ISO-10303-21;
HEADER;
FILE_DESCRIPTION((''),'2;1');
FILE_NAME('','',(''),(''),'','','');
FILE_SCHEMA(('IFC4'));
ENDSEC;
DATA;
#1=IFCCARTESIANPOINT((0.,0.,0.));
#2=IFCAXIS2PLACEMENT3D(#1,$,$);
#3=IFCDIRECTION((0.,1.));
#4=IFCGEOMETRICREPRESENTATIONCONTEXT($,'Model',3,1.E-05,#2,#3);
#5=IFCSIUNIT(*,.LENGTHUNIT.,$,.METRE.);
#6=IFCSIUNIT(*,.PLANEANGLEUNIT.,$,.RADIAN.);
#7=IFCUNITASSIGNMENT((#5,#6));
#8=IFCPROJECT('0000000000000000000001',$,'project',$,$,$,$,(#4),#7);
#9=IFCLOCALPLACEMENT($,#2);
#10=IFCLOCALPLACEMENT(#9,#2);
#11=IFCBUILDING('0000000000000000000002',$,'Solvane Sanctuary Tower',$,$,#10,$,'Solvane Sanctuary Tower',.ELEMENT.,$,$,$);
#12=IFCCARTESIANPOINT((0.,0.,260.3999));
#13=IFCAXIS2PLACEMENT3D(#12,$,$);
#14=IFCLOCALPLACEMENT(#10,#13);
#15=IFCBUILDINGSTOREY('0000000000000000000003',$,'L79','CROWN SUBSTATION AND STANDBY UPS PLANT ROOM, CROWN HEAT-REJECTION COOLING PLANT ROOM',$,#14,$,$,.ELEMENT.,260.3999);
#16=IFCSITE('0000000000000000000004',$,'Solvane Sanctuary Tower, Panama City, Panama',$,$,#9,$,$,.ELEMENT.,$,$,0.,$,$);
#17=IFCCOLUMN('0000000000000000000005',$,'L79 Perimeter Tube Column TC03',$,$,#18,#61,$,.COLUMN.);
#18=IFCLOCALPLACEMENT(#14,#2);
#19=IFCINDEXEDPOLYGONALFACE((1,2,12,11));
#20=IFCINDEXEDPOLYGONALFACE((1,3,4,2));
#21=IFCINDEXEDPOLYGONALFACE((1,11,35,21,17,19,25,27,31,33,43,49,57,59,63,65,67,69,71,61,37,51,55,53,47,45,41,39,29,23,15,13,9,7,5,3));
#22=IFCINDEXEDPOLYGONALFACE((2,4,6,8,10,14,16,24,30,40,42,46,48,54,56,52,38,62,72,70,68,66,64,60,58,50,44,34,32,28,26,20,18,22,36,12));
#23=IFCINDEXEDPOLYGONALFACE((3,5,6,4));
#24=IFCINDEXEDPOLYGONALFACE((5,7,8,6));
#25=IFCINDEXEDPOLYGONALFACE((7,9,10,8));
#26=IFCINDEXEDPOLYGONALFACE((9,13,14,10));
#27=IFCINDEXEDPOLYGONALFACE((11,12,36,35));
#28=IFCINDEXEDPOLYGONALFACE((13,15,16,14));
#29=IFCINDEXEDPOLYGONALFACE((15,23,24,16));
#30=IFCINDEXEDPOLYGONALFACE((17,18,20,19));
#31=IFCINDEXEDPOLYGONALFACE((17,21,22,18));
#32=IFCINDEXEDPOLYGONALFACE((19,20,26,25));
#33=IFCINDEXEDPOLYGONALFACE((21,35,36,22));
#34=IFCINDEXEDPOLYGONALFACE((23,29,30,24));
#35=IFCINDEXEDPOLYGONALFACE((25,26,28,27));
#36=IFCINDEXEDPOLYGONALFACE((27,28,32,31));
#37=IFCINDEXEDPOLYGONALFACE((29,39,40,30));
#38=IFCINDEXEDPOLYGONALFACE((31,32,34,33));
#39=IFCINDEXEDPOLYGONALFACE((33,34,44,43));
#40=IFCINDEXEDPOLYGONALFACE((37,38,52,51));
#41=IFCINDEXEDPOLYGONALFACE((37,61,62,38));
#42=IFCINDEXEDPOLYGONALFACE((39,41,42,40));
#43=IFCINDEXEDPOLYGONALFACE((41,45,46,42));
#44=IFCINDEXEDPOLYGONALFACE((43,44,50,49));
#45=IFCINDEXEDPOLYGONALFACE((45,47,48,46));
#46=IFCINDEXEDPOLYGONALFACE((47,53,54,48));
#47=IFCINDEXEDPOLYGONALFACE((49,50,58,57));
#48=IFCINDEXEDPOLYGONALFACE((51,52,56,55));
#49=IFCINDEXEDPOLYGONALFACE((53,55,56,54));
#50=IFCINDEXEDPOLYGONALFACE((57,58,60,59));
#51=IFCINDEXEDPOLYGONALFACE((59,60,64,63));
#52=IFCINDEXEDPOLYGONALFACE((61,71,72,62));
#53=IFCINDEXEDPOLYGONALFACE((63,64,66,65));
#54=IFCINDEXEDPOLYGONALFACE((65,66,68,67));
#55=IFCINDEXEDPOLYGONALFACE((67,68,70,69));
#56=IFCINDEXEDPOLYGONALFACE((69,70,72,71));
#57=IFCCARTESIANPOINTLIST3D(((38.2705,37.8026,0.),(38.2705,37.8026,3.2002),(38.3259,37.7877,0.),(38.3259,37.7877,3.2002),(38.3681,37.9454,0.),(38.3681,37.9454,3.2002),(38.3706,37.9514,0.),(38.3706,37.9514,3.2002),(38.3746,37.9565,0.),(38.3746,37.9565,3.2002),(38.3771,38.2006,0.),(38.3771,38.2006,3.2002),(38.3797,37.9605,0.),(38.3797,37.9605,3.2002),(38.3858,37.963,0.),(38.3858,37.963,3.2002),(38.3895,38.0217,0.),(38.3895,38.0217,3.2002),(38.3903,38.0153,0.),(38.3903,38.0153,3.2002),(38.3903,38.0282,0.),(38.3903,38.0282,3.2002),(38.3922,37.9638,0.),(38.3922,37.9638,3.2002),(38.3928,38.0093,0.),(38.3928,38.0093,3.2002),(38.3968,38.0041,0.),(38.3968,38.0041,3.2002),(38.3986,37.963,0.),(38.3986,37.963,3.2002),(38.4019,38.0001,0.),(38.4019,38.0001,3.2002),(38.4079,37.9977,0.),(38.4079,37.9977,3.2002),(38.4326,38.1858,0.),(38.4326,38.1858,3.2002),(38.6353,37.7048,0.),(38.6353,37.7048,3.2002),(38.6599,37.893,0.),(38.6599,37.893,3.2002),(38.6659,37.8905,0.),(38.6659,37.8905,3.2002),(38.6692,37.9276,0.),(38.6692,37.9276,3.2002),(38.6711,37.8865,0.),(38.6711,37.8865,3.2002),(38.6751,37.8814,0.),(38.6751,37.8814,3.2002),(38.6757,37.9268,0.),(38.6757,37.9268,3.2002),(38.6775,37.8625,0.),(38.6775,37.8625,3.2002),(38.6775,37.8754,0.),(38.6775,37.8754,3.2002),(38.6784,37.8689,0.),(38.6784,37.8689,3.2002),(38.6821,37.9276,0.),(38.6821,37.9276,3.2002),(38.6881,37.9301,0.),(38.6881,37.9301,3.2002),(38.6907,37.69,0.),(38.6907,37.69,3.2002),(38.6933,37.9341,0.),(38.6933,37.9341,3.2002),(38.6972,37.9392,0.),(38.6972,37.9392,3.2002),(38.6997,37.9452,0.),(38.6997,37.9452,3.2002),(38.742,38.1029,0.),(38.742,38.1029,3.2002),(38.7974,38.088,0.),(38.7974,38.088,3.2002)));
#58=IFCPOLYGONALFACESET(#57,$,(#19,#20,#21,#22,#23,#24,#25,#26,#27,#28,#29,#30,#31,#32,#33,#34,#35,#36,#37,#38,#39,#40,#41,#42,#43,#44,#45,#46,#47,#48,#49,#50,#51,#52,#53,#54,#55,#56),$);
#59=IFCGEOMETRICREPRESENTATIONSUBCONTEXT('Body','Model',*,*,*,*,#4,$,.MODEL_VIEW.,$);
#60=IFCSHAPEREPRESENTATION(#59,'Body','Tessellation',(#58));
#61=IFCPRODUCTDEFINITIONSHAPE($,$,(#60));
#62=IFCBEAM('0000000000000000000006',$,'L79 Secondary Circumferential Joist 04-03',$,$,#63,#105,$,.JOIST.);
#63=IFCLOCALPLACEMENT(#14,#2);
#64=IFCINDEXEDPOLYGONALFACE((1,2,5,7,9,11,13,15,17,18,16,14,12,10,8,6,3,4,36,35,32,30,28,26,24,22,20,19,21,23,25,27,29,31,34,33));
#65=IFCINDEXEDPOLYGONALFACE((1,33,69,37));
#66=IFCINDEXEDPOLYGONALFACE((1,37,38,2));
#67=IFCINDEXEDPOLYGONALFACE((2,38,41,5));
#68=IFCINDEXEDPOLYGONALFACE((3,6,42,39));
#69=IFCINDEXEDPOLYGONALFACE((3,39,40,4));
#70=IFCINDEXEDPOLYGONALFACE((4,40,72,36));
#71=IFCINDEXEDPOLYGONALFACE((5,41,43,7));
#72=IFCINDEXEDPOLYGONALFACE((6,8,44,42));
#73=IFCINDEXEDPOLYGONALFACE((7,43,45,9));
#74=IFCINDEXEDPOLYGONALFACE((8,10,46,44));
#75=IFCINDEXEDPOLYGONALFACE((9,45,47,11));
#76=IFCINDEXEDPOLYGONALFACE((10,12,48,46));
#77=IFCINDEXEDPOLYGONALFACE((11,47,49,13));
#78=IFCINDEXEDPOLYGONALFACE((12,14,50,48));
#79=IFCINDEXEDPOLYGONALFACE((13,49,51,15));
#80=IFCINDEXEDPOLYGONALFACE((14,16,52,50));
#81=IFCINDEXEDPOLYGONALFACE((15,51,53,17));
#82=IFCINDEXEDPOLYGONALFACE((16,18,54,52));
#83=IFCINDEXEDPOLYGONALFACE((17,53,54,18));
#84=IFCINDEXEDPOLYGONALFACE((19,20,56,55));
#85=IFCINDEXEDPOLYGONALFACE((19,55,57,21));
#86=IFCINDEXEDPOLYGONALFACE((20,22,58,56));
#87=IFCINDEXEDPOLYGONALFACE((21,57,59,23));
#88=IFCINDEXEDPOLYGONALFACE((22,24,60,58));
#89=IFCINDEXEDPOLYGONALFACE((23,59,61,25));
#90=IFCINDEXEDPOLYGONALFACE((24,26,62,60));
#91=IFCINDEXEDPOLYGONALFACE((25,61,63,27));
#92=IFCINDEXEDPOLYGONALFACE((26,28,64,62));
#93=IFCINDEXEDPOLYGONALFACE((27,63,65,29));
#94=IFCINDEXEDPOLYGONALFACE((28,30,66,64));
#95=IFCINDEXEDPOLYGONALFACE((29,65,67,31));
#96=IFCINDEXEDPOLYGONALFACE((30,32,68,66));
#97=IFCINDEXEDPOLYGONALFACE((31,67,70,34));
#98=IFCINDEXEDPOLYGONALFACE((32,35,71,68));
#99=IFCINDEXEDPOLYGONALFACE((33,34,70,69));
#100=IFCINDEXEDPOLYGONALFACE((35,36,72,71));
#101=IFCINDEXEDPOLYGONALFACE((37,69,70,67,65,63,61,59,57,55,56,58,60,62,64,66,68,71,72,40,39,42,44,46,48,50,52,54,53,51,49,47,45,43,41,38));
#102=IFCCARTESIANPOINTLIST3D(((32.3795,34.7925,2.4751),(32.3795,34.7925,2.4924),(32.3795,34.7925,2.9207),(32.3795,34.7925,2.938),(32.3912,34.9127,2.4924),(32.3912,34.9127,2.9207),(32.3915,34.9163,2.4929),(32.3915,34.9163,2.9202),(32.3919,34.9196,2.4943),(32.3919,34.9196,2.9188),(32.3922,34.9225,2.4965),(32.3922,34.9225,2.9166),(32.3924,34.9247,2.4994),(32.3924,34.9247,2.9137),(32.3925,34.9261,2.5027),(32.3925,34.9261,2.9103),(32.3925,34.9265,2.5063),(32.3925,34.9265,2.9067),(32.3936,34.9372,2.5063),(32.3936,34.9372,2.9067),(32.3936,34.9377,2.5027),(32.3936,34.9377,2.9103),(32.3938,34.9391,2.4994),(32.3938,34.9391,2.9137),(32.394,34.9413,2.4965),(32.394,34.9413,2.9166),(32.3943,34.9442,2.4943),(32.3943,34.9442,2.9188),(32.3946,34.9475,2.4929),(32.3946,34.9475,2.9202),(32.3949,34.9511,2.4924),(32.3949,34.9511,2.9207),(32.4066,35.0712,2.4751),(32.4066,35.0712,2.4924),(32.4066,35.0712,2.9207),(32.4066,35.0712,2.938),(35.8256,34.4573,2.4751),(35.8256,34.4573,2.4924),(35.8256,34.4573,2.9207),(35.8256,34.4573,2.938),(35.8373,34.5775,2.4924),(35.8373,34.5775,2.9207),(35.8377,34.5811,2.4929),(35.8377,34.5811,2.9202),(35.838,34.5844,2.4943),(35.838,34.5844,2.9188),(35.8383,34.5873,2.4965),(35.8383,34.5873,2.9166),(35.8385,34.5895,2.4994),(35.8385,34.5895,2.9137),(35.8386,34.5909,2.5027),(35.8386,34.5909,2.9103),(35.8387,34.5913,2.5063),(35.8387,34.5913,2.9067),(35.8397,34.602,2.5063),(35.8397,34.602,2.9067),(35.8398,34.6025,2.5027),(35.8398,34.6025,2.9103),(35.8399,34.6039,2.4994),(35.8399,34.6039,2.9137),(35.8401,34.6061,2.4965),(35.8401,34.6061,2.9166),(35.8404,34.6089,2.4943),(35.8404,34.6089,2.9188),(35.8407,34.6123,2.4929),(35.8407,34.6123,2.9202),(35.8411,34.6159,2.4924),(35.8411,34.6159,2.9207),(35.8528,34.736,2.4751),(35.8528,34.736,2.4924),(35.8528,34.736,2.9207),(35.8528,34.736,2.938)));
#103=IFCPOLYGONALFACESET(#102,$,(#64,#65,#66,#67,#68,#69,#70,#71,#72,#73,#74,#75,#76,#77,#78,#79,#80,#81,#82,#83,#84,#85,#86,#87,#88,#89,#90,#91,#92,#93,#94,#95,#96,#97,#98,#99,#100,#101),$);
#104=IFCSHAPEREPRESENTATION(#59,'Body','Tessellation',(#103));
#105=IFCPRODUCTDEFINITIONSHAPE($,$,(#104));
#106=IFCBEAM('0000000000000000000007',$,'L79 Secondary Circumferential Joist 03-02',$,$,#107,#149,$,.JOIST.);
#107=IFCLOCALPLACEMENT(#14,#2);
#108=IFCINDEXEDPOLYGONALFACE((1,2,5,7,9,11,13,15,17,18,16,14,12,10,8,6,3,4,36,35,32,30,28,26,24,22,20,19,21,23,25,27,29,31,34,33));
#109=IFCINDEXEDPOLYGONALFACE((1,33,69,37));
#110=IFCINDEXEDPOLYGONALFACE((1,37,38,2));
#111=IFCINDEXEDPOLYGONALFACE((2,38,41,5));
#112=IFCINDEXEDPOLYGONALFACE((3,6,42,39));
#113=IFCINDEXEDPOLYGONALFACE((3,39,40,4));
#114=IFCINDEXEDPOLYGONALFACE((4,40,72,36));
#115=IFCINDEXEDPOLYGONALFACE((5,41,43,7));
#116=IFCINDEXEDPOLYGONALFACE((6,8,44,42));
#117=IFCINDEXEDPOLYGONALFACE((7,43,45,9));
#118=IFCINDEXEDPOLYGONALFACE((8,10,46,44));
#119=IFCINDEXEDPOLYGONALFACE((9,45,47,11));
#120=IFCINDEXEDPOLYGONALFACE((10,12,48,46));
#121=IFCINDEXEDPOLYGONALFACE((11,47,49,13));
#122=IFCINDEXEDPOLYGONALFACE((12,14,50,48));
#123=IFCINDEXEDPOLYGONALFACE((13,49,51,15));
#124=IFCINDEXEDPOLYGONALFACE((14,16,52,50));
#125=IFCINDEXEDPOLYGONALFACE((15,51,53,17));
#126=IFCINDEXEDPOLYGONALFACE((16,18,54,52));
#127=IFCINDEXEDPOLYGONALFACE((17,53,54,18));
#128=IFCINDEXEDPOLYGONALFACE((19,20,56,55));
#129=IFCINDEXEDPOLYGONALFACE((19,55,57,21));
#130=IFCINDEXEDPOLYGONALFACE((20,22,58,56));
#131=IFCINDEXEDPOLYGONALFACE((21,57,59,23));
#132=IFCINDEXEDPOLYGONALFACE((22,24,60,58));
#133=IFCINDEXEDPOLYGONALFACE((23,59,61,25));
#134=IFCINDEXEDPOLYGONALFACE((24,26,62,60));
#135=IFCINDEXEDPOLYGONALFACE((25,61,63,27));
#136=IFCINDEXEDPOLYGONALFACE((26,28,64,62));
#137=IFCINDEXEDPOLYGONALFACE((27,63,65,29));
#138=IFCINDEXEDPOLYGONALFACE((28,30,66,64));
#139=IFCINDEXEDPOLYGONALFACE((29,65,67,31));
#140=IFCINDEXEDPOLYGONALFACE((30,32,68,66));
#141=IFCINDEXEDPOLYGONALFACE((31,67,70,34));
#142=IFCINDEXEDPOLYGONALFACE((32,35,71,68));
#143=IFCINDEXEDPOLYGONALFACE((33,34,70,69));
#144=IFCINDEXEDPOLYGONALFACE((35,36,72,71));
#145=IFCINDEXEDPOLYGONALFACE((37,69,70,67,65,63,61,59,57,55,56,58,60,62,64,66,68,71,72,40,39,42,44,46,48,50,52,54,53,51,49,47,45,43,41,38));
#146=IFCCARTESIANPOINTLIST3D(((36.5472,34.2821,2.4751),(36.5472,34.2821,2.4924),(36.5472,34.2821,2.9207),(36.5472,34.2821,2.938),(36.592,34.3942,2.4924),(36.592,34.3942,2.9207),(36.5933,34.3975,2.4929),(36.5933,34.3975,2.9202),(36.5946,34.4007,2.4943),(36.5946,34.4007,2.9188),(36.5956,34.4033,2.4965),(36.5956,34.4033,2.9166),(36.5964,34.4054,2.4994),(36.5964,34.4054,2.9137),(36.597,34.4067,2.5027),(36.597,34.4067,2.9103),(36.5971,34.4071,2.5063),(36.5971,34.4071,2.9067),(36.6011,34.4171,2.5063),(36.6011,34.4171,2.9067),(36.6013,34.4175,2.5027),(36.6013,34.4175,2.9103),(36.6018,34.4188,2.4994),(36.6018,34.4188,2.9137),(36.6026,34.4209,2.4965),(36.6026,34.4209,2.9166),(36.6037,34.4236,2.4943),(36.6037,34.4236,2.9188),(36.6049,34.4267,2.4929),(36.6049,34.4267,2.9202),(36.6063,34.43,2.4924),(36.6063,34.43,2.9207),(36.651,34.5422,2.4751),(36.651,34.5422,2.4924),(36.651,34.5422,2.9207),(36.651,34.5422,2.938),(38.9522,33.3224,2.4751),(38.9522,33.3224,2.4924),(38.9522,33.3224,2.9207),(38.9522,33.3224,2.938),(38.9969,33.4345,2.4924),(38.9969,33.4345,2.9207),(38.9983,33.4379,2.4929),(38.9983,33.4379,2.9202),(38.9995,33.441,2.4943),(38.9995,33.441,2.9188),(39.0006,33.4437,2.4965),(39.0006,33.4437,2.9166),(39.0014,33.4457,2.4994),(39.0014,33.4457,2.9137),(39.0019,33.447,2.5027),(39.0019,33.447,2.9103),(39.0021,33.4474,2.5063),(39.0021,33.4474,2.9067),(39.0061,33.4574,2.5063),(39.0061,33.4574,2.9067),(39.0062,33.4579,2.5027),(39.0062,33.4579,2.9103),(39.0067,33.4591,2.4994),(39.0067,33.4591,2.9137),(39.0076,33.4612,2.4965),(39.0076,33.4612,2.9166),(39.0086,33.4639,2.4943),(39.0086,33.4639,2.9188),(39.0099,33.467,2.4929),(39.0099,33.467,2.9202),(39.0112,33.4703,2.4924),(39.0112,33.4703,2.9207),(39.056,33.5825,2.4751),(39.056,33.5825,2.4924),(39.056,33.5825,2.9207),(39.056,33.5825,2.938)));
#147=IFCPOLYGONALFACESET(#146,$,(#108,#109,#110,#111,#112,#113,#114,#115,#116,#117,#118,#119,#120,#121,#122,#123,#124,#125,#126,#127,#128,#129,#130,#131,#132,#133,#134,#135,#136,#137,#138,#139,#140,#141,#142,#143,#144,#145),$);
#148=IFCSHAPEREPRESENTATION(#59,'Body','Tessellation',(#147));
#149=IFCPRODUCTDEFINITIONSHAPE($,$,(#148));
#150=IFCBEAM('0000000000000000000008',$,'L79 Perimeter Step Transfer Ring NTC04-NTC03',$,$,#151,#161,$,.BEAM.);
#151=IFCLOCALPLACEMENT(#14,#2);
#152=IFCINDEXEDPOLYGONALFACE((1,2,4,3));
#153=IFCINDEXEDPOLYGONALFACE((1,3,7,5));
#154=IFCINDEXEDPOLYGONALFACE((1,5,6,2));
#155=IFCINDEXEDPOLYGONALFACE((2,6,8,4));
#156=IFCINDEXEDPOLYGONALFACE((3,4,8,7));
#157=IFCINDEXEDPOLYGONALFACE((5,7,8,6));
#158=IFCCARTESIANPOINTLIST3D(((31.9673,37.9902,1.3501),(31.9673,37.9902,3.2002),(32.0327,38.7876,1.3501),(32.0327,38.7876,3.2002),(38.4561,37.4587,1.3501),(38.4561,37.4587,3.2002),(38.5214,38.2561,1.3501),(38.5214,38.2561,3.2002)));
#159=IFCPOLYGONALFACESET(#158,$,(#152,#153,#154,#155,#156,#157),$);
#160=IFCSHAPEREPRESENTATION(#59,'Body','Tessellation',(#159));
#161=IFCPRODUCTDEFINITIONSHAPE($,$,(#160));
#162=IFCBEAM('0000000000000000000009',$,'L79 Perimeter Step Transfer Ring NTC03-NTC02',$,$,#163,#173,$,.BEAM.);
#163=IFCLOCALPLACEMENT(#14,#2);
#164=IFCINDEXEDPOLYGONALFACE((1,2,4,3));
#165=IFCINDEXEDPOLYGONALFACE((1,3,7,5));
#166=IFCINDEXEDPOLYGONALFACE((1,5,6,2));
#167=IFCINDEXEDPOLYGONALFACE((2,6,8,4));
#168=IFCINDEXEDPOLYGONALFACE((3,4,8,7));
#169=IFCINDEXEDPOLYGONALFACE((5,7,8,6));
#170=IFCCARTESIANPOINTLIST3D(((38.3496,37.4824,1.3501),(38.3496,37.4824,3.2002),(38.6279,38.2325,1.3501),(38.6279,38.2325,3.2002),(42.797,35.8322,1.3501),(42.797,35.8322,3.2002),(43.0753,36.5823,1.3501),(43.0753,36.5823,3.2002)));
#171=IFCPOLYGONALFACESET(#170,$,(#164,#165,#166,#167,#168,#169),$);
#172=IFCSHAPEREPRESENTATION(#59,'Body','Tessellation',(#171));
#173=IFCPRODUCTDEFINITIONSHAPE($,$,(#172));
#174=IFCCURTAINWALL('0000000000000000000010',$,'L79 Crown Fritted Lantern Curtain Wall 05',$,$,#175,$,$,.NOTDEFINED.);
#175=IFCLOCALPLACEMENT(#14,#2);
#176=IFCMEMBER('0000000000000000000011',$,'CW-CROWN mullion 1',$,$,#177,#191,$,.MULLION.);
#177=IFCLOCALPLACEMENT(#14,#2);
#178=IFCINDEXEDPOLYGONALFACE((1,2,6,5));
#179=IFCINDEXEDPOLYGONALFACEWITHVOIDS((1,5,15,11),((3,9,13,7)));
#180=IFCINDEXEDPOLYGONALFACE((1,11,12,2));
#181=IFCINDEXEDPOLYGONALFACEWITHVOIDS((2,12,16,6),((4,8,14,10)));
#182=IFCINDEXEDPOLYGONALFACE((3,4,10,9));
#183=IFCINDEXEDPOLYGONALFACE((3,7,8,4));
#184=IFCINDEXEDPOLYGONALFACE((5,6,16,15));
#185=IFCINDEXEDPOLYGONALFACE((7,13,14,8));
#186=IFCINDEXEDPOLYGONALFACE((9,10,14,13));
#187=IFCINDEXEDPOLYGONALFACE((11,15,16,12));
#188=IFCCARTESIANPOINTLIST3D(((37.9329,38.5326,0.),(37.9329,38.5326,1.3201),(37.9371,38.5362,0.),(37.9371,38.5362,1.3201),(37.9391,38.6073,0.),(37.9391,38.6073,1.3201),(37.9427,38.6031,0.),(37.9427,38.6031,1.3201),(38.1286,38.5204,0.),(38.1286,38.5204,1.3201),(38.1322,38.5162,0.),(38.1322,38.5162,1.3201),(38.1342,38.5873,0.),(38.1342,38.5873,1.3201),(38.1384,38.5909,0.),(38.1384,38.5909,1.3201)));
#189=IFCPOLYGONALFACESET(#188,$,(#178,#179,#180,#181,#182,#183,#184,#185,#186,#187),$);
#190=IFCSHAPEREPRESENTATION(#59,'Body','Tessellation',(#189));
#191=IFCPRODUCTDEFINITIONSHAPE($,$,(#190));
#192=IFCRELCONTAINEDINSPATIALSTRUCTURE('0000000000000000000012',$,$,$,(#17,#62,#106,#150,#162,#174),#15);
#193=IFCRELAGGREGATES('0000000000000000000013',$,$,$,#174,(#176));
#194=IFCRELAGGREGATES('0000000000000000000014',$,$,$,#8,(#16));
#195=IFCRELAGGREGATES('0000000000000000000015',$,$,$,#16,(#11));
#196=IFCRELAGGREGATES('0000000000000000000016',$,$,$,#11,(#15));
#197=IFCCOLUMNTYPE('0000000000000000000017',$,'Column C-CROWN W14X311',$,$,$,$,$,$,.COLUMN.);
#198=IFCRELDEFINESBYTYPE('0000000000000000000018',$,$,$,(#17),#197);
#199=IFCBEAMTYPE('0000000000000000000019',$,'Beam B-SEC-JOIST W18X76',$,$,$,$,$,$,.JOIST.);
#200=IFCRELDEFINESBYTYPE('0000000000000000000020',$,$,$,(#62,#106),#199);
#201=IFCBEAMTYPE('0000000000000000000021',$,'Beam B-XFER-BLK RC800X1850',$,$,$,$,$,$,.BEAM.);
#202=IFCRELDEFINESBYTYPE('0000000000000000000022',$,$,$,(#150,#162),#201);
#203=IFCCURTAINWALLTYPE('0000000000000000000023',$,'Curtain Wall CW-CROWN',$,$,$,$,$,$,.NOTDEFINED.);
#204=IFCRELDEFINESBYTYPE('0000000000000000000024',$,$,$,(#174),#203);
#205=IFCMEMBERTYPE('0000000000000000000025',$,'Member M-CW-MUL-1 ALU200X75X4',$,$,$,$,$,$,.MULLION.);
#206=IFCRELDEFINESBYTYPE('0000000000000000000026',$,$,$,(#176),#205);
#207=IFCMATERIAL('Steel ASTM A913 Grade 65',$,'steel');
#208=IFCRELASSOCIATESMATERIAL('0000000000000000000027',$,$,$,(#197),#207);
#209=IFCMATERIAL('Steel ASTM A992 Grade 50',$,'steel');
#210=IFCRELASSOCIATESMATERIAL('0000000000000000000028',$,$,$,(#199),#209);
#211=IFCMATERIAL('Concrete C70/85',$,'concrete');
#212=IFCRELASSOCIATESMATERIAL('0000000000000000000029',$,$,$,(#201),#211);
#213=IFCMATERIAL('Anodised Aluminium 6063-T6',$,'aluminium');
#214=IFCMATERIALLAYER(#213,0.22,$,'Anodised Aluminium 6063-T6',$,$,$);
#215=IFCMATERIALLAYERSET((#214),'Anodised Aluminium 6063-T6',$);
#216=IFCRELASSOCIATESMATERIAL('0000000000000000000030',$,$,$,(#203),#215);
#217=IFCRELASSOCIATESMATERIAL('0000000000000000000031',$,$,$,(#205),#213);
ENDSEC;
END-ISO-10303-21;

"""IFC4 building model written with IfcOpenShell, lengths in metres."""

from ifc_helpers import new_model, si_unit, direction, frame, origin, origin_2d, place, context, subcontext, project, spatial, rectangle, hollow_rectangle, i_section, extrude, material, layer, layer_set, material_profile, profile_set, type_object, element, aggregate, save


model = new_model("IFC4")

# Units and contexts
model_context = context("Model", 3, precision=1e-05, world=origin(), true_north=direction((0.0, 1.0)))
body_context = subcontext(model_context, "Body", "Model", "MODEL_VIEW")
ifc_project = project(units=[si_unit("LENGTHUNIT", "METRE"), si_unit("PLANEANGLEUNIT", "RADIAN")], contexts=[model_context])

# Site, building, storey
site_placement = place(None, origin())
site = spatial("IfcSite", under=ifc_project, at=site_placement, Name="Solvane Sanctuary Tower, Panama City, Panama", CompositionType="ELEMENT", RefElevation=0.0)
building_placement = place(site_placement, origin())
building = spatial("IfcBuilding", under=site, at=building_placement, Name="Solvane Sanctuary Tower", LongName="Solvane Sanctuary Tower", CompositionType="ELEMENT")
storey_placement = place(building_placement, frame((0.0, 0.0, 260.3999)))
storey = spatial("IfcBuildingStorey", under=building, at=storey_placement, Name="L79", Description="CROWN SUBSTATION AND STANDBY UPS PLANT ROOM, CROWN HEAT-REJECTION COOLING PLANT ROOM", CompositionType="ELEMENT", Elevation=260.3999)

# Column
ifc_material_1 = material(Name="Steel ASTM A913 Grade 65", Category="steel")
ifc_material_profile_1 = material_profile(ifc_material_1, i_section(OverallWidth=0.4121, OverallDepth=0.4351, WebThickness=0.0359, FlangeThickness=0.0574, FilletRadius=0.0249, at=origin_2d()), Name="W14X311")
ifc_profile_set_1 = profile_set([ifc_material_profile_1], Name="Steel ASTM A913 Grade 65")
column_type = type_object("IfcColumnType", Name="Column C-CROWN W14X311", PredefinedType="COLUMN", material=ifc_profile_set_1)
column_placement = place(storey_placement, frame((38.5339, 37.9453, 0.0), z_axis=(0.0, 0.0, 1.0), x_axis=(0.258819, 0.965926, 0.0)))
element("IfcColumn", 1, at=column_placement, inside=storey, type_object=column_type, Name="L79 Perimeter Tube Column TC03", PredefinedType="COLUMN", context=body_context, shape_type="SweptSolid", body=[
    extrude(i_section(OverallWidth=0.4121, OverallDepth=0.4351, WebThickness=0.0359, FlangeThickness=0.0574, FilletRadius=0.0249, at=origin_2d()), origin(), (0.0, 0.0, 1.0), 3.2002),
])

# Beams
ifc_material_2 = material(Name="Steel ASTM A992 Grade 50", Category="steel")
ifc_material_profile_2 = material_profile(ifc_material_2, i_section(OverallWidth=0.28, OverallDepth=0.4629, WebThickness=0.0107, FlangeThickness=0.0173, FilletRadius=0.0139, at=origin_2d()), Name="W18X76")
ifc_profile_set_2 = profile_set([ifc_material_profile_2], Name="Steel ASTM A992 Grade 50")
beam_type_1 = type_object("IfcBeamType", Name="Beam B-SEC-JOIST W18X76", PredefinedType="JOIST", material=ifc_profile_set_2)
beam_1_placement = place(storey_placement, frame((32.3931, 34.9319, 2.7065), z_axis=(0.995302, -0.096815, 0.0), x_axis=(0.096815, 0.995302, 0.0)))
element("IfcBeam", 2, at=beam_1_placement, inside=storey, type_object=beam_type_1, Name="L79 Secondary Circumferential Joist 04-03", PredefinedType="JOIST", context=body_context, shape_type="SweptSolid", body=[
    extrude(i_section(OverallWidth=0.28, OverallDepth=0.4629, WebThickness=0.0107, FlangeThickness=0.0173, FilletRadius=0.0139, at=origin_2d()), origin(), (0.0, 0.0, 1.0), 3.4624),
])
beam_2_placement = place(storey_placement, frame((36.5991, 34.4121, 2.7065), z_axis=(0.928782, -0.370627, 0.0), x_axis=(0.370627, 0.928782, 0.0)))
element("IfcBeam", 3, at=beam_2_placement, inside=storey, type_object=beam_type_1, Name="L79 Secondary Circumferential Joist 03-02", PredefinedType="JOIST", context=body_context, shape_type="SweptSolid", body=[
    extrude(i_section(OverallWidth=0.28, OverallDepth=0.4629, WebThickness=0.0107, FlangeThickness=0.0173, FilletRadius=0.0139, at=origin_2d()), origin(), (0.0, 0.0, 1.0), 2.5894),
])
ifc_material_3 = material(Name="Concrete C70/85", Category="concrete")
ifc_material_profile_3 = material_profile(ifc_material_3, rectangle(XDim=0.8, YDim=1.8501, at=origin_2d()), Name="RC800X1850")
ifc_profile_set_3 = profile_set([ifc_material_profile_3], Name="Concrete C70/85")
beam_type_2 = type_object("IfcBeamType", Name="Beam B-XFER-BLK RC800X1850", PredefinedType="BEAM", material=ifc_profile_set_3)
beam_3_placement = place(storey_placement, frame((32.0, 38.3889, 2.2751), z_axis=(0.996662, -0.081636, 0.0), x_axis=(0.081636, 0.996662, 0.0)))
element("IfcBeam", 4, at=beam_3_placement, inside=storey, type_object=beam_type_2, Name="L79 Perimeter Step Transfer Ring NTC04-NTC03", PredefinedType="BEAM", context=body_context, shape_type="SweptSolid", body=[
    extrude(rectangle(XDim=0.8, YDim=1.8501, at=origin_2d()), origin(), (0.0, 0.0, 1.0), 6.5105),
])
beam_4_placement = place(storey_placement, frame((38.4888, 37.8574, 2.2751), z_axis=(0.937542, -0.347872, 0.0), x_axis=(0.347872, 0.937542, 0.0)))
element("IfcBeam", 5, at=beam_4_placement, inside=storey, type_object=beam_type_2, Name="L79 Perimeter Step Transfer Ring NTC03-NTC02", PredefinedType="BEAM", context=body_context, shape_type="SweptSolid", body=[
    extrude(rectangle(XDim=0.8, YDim=1.8501, at=origin_2d()), origin(), (0.0, 0.0, 1.0), 4.7437),
])

# Curtain wall, member
ifc_material_4 = material(Name="Anodised Aluminium 6063-T6", Category="aluminium")
ifc_layer_1 = layer(ifc_material_4, 0.22, Name="Anodised Aluminium 6063-T6")
ifc_layer_set_1 = layer_set([ifc_layer_1], Name="Anodised Aluminium 6063-T6")
curtain_wall_type = type_object("IfcCurtainWallType", Name="Curtain Wall CW-CROWN", PredefinedType="NOTDEFINED", material=ifc_layer_set_1)
curtain_wall_placement = place(storey_placement, origin())
curtain_wall = element("IfcCurtainWall", 6, at=curtain_wall_placement, inside=storey, type_object=curtain_wall_type, Name="L79 Crown Fritted Lantern Curtain Wall 05", PredefinedType="NOTDEFINED")
ifc_material_profile_4 = material_profile(ifc_material_4, hollow_rectangle(XDim=0.075, YDim=0.2, WallThickness=0.0039, at=origin_2d()), Name="ALU200X75X4")
ifc_profile_set_4 = profile_set([ifc_material_profile_4], Name="Anodised Aluminium 6063-T6")
member_type_1 = type_object("IfcMemberType", Name="Member M-CW-MUL-1 ALU200X75X4", PredefinedType="MULLION", material=ifc_profile_set_4)
member_1_placement = place(storey_placement, frame((38.0356, 38.5618, 0.0), z_axis=(0.0, 0.0, 1.0), x_axis=(-0.082279, -0.996609, 0.0)))
member_1 = element("IfcMember", 7, at=member_1_placement, type_object=member_type_1, Name="CW-CROWN mullion 1", PredefinedType="MULLION", context=body_context, shape_type="SweptSolid", body=[
    extrude(hollow_rectangle(XDim=0.075, YDim=0.2, WallThickness=0.0039, at=origin_2d()), origin(), (0.0, 0.0, 1.0), 1.3201),
])

aggregate(curtain_wall, [member_1])

save(model, "model.ifc")
